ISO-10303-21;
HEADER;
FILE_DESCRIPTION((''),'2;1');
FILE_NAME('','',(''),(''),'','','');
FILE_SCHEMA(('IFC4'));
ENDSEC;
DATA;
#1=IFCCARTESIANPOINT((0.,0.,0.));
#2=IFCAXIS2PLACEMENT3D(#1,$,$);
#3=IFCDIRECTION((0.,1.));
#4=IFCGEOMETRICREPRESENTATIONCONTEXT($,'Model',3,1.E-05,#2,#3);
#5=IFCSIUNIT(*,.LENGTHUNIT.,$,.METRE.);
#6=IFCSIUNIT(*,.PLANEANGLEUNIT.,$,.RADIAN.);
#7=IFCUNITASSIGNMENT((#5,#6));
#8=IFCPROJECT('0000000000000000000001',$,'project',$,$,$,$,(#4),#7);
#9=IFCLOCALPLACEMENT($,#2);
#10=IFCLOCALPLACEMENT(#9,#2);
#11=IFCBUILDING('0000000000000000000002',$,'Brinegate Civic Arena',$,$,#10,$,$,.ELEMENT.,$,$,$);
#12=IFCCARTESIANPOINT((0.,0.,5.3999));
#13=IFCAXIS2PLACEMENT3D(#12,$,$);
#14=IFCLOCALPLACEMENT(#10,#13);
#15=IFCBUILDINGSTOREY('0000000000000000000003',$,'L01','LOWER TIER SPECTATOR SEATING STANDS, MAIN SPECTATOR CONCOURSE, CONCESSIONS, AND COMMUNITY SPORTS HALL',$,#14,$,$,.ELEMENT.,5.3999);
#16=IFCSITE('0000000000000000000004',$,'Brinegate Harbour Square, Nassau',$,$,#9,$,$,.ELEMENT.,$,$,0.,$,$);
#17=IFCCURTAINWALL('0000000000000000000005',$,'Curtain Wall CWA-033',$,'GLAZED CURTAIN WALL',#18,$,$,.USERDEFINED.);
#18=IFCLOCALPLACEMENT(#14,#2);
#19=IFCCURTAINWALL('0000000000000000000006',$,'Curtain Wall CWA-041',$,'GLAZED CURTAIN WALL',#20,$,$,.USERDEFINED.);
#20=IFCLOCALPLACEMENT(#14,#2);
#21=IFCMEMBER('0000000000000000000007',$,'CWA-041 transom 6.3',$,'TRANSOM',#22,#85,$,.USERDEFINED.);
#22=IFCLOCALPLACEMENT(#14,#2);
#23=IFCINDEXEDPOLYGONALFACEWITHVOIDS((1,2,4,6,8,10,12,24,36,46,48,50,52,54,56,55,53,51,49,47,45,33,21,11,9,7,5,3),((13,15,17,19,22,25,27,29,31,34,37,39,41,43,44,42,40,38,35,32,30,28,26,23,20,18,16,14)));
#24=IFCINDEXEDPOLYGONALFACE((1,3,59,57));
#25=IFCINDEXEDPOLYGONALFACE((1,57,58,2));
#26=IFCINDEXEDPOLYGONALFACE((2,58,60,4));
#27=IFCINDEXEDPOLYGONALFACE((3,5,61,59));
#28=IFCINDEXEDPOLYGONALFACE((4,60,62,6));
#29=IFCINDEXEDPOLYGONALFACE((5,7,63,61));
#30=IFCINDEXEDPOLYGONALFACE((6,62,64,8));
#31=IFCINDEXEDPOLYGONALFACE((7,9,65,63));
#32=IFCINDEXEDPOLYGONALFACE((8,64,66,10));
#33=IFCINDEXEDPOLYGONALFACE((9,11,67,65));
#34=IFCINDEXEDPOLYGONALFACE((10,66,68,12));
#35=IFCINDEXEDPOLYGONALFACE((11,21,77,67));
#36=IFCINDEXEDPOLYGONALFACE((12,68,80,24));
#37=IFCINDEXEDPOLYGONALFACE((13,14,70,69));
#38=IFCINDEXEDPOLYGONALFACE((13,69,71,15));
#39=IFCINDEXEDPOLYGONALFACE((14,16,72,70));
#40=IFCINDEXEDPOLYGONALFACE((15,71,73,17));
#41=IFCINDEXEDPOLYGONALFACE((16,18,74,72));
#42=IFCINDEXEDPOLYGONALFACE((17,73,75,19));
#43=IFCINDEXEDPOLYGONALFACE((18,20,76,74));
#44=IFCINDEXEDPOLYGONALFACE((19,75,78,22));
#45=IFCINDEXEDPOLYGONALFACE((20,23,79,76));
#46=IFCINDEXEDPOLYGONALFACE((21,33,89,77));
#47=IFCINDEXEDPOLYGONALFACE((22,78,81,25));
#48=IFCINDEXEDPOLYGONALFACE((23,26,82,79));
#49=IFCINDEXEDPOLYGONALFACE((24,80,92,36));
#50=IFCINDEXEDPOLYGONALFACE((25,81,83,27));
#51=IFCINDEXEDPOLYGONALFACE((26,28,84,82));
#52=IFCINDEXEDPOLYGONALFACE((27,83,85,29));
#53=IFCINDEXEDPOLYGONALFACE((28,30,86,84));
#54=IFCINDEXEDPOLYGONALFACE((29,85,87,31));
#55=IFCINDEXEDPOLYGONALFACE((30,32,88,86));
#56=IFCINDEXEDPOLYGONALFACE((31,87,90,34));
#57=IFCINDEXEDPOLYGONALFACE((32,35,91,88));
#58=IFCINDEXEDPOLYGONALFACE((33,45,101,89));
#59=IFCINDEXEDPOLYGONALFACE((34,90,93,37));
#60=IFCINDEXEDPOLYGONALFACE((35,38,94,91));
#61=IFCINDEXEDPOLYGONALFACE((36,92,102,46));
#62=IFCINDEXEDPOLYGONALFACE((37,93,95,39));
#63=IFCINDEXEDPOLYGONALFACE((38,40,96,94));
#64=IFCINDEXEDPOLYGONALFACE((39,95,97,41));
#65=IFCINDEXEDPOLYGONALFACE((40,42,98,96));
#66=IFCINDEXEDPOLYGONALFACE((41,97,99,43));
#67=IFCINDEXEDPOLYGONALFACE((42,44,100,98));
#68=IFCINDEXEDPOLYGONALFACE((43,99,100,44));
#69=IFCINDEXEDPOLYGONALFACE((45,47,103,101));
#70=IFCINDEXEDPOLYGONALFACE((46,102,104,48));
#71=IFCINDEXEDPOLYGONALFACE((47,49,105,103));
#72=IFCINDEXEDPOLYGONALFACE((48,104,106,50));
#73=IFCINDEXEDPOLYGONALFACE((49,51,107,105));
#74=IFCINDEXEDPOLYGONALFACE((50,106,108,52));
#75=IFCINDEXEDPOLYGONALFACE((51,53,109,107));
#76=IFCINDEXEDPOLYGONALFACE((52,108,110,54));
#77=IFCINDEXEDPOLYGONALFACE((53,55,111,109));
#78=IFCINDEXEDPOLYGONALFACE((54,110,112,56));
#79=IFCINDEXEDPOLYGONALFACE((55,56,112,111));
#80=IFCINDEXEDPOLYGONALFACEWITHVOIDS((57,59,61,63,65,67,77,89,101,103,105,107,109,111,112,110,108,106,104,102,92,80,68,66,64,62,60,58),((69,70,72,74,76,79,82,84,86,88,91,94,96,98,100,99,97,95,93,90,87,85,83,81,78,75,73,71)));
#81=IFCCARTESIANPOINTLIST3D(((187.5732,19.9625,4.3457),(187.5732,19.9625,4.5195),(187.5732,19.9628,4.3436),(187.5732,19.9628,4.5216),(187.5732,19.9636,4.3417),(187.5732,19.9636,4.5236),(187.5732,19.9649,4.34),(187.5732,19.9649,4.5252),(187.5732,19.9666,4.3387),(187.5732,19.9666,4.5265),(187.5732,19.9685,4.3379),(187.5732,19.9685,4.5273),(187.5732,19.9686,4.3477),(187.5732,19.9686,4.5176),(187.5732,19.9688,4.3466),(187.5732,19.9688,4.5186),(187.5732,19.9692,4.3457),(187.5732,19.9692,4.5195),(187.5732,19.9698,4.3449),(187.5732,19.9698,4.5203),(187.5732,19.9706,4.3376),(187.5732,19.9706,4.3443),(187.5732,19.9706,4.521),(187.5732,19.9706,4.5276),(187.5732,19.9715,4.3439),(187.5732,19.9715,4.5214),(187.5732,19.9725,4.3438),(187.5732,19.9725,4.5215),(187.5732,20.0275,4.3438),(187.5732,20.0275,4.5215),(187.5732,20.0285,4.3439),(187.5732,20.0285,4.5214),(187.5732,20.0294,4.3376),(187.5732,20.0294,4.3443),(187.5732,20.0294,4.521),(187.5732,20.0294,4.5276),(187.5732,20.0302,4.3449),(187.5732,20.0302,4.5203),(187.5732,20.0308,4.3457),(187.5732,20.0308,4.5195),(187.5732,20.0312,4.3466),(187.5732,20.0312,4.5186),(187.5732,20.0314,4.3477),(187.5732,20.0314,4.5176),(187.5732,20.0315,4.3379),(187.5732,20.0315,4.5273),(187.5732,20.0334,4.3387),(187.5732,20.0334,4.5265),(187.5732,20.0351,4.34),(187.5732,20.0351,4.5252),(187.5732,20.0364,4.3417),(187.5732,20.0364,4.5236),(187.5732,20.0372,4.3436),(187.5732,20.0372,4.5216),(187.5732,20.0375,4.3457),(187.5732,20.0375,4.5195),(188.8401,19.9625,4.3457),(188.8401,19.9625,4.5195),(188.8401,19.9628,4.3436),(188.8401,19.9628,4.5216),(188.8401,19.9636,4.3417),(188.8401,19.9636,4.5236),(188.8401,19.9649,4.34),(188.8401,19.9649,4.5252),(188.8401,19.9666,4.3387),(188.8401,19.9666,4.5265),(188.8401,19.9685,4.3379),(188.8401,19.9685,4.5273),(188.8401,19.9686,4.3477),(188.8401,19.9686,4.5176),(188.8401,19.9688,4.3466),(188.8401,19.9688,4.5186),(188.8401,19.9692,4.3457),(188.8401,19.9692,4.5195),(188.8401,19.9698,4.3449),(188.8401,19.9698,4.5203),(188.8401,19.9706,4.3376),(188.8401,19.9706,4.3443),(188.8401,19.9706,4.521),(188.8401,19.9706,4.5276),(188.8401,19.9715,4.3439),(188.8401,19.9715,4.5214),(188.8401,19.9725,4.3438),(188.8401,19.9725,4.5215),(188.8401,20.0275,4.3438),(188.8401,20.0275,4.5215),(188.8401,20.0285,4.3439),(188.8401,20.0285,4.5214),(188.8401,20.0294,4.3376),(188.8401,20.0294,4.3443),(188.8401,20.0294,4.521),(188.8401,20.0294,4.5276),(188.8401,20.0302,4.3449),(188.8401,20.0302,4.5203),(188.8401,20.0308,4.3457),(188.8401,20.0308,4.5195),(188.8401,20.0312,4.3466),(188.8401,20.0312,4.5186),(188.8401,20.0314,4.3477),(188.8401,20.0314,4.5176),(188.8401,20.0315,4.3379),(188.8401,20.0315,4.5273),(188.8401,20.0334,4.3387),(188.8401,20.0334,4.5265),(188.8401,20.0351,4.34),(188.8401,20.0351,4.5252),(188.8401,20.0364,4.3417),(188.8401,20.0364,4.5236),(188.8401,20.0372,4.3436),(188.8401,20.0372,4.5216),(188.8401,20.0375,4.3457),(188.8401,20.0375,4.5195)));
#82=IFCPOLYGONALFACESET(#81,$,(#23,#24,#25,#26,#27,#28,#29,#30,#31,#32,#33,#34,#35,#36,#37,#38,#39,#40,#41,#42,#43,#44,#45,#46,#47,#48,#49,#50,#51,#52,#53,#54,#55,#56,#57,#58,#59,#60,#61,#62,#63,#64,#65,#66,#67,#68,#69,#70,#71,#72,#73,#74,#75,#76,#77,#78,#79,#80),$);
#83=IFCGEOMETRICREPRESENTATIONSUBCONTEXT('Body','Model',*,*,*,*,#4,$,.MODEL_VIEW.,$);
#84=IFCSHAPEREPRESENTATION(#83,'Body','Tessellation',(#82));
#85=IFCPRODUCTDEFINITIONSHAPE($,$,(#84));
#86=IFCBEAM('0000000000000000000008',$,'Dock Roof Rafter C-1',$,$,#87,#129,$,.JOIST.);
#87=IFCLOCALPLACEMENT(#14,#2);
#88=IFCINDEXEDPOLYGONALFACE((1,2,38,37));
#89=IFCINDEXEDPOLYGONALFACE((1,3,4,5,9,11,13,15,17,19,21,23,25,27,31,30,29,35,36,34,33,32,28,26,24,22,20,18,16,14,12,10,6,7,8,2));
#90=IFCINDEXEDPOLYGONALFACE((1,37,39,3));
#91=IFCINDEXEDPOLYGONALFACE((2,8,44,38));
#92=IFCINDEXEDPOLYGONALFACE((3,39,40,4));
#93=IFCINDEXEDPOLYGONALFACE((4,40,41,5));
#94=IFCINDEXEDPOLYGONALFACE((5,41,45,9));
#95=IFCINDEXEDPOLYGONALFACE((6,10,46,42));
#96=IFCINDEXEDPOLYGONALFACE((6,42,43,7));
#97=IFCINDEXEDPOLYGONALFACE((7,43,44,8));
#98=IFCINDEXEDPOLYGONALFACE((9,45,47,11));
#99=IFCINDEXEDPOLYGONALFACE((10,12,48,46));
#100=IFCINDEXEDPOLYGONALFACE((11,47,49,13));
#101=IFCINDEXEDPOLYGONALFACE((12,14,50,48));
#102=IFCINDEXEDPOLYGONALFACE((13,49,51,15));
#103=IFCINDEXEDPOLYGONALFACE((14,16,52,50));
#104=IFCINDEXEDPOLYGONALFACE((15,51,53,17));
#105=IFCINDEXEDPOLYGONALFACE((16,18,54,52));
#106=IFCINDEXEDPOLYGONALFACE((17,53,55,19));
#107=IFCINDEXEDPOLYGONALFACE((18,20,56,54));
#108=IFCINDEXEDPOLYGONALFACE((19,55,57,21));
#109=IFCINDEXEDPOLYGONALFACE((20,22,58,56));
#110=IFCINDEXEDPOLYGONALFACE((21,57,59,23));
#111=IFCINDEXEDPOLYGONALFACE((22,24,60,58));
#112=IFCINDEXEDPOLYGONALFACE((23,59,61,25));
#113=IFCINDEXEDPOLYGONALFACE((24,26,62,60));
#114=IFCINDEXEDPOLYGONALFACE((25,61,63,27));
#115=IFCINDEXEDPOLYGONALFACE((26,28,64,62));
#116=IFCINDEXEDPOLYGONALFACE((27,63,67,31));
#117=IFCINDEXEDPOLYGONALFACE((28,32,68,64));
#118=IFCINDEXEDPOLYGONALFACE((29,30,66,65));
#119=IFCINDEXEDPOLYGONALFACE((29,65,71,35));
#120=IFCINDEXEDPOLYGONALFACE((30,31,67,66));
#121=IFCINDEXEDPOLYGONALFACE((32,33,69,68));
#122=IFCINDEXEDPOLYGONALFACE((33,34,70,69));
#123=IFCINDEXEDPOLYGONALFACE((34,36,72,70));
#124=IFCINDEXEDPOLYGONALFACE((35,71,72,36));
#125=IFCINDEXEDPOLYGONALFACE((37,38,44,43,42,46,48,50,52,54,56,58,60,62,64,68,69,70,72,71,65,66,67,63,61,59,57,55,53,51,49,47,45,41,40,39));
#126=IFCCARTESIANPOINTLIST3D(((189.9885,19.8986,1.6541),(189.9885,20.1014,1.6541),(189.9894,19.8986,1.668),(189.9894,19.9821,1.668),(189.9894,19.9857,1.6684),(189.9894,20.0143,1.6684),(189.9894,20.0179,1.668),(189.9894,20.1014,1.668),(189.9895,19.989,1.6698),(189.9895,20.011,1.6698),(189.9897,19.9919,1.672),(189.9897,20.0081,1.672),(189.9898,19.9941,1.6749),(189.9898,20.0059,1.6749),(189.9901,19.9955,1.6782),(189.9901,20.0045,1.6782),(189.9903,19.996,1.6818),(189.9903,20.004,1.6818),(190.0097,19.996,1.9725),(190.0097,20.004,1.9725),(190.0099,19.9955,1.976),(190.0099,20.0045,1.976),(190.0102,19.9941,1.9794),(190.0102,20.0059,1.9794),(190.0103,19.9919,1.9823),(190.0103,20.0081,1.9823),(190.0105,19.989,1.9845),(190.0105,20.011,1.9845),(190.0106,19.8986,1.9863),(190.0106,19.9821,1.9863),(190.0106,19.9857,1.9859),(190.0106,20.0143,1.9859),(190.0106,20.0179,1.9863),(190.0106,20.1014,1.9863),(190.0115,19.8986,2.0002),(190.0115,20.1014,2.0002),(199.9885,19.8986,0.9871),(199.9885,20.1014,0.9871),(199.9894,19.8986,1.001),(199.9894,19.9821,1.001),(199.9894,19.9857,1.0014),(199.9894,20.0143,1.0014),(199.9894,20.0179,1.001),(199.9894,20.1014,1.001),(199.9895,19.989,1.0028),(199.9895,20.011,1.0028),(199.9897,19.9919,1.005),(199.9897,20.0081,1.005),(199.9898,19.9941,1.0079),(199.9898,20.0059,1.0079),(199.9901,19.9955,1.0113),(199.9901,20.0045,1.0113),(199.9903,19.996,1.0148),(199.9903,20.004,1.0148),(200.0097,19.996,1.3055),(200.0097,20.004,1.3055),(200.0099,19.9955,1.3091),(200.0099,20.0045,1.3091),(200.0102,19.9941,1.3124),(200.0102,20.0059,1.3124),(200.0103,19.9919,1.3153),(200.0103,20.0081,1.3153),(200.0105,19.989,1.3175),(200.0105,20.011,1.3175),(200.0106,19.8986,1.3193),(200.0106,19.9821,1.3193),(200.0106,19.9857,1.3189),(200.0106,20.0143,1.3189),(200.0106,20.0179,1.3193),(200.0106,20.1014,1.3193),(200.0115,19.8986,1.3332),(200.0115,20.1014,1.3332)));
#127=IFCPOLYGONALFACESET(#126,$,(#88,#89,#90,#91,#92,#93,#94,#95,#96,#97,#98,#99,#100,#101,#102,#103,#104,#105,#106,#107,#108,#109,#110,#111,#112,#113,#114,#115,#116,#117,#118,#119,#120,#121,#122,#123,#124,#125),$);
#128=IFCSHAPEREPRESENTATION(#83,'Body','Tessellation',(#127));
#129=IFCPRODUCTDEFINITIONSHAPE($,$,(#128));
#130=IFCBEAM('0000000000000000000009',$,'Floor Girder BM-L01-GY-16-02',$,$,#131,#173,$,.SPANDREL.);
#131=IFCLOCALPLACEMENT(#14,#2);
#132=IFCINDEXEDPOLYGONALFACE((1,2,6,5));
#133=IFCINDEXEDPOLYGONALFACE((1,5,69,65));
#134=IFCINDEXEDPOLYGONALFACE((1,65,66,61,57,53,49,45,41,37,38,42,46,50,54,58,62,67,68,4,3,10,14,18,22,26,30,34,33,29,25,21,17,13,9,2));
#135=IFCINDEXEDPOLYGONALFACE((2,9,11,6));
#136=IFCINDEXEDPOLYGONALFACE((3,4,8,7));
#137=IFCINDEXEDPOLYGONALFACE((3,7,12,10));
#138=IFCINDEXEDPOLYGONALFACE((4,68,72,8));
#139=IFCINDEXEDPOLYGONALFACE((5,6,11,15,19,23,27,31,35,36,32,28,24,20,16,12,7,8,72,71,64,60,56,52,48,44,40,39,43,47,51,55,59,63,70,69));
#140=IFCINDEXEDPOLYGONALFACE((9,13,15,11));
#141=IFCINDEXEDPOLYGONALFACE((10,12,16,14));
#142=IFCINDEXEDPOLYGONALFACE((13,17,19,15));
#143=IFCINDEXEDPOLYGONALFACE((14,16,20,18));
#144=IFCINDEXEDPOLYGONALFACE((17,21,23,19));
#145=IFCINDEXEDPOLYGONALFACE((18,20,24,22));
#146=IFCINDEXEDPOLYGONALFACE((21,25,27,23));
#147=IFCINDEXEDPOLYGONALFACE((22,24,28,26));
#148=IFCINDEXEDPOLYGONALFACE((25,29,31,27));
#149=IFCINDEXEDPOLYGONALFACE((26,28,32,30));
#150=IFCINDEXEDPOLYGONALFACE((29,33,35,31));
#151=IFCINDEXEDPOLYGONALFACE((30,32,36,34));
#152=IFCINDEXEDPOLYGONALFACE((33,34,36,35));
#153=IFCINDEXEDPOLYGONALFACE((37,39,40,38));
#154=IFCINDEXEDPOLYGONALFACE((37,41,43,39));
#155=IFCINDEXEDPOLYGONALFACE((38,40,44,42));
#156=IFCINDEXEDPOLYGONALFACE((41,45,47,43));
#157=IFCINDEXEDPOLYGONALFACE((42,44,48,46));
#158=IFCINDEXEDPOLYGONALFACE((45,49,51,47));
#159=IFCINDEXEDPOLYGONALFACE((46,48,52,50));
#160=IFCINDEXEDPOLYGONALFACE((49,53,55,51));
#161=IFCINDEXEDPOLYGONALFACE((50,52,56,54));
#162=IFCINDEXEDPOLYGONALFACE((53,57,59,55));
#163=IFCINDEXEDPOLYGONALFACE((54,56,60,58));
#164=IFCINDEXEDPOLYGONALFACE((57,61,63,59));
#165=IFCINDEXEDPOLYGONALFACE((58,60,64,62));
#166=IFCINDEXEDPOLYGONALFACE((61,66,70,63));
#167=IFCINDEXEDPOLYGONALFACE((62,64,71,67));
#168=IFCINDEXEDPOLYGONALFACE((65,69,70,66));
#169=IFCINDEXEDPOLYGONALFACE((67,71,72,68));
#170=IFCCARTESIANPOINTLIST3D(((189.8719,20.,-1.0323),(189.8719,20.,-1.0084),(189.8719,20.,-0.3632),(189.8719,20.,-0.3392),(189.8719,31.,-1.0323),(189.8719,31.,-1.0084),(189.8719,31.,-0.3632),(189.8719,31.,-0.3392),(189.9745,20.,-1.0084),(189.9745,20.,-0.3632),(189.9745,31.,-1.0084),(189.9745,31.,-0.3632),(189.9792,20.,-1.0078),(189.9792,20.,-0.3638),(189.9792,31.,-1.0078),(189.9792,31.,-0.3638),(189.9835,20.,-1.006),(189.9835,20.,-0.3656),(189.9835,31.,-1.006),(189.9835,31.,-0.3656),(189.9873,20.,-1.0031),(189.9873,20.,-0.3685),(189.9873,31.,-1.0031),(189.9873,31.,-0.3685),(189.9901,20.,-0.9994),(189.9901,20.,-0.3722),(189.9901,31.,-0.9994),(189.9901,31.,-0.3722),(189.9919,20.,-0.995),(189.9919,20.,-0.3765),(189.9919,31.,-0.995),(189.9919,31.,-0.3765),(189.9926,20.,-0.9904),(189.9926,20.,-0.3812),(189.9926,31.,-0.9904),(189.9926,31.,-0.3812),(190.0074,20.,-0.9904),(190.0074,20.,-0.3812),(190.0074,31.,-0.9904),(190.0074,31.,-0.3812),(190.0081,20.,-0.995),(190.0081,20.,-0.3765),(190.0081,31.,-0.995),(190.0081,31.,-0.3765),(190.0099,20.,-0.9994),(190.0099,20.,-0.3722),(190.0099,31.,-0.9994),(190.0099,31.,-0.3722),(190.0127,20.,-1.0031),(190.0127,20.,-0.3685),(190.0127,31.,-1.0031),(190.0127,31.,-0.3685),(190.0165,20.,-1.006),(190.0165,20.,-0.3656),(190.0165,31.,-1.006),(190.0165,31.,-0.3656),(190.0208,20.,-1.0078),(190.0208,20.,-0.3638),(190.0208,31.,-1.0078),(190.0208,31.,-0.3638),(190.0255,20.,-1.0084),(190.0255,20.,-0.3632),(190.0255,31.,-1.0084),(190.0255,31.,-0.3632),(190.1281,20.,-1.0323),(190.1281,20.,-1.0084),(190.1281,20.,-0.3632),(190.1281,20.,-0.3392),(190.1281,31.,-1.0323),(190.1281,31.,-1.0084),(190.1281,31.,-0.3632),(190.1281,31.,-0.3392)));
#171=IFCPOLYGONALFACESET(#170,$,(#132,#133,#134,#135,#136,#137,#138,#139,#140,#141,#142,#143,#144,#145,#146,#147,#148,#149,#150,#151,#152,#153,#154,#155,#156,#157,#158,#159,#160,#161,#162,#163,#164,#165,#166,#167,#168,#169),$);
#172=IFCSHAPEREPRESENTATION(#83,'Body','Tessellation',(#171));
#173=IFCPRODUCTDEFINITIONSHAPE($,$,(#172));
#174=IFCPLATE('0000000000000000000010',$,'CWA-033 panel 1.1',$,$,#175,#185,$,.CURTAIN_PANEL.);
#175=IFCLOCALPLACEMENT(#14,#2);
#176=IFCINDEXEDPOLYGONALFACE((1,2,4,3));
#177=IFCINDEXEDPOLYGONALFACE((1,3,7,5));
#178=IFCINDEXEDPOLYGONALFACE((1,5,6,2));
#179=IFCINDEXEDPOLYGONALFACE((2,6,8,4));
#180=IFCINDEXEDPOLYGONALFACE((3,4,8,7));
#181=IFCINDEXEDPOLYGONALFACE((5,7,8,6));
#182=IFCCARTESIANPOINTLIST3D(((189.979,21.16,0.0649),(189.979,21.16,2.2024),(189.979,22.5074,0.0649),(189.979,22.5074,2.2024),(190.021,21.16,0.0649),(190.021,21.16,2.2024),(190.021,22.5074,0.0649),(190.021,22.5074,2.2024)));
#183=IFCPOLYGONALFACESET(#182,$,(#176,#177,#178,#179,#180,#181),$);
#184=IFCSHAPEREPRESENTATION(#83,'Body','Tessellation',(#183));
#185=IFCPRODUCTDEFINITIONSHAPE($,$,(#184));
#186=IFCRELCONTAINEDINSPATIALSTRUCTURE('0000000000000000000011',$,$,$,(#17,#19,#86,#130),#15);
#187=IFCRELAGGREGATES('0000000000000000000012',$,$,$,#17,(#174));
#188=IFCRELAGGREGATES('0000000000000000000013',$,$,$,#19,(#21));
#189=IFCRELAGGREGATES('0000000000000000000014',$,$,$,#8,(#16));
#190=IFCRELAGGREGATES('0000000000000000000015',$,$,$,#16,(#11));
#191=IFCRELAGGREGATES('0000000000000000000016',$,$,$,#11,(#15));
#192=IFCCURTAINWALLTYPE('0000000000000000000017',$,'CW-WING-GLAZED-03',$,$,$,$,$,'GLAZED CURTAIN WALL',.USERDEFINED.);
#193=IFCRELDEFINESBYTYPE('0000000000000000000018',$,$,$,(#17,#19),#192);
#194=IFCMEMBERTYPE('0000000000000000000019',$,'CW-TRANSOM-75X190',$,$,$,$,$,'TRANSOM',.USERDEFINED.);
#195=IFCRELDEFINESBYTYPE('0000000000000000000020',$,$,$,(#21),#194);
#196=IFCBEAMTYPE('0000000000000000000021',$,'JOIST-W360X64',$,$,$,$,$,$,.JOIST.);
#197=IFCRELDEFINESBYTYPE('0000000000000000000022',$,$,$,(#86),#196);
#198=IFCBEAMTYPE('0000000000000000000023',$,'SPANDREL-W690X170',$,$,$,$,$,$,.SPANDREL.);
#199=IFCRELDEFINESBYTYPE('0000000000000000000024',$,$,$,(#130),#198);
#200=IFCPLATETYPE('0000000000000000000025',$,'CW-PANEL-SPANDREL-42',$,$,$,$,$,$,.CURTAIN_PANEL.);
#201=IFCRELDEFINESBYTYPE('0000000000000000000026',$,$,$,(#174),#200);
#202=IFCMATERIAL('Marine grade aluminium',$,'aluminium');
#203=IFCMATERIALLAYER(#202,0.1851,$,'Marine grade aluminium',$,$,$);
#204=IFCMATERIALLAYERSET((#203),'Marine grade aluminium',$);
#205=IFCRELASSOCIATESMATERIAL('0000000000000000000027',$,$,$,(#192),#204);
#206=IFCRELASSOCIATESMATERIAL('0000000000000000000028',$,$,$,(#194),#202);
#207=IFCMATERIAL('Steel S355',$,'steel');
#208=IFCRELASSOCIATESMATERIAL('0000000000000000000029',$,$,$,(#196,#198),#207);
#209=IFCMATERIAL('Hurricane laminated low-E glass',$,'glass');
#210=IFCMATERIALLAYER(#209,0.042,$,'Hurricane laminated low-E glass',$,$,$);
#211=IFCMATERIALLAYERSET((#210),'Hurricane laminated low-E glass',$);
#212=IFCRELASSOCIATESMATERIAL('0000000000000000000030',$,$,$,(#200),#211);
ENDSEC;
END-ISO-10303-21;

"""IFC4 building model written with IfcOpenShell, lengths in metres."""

from ifc_helpers import new_model, si_unit, direction, frame, origin, origin_2d, place, context, subcontext, project, spatial, rectangle, hollow_rectangle, i_section, extrude, material, layer, layer_set, material_profile, profile_set, type_object, element, aggregate, save


model = new_model("IFC4")

# Units and contexts
model_context = context("Model", 3, precision=1e-05, world=origin(), true_north=direction((0.0, 1.0)))
body_context = subcontext(model_context, "Body", "Model", "MODEL_VIEW")
ifc_project = project(units=[si_unit("LENGTHUNIT", "METRE"), si_unit("PLANEANGLEUNIT", "RADIAN")], contexts=[model_context])

# Site, building, storey
site_placement = place(None, origin())
site = spatial("IfcSite", under=ifc_project, at=site_placement, Name="Brinegate Harbour Square, Nassau", CompositionType="ELEMENT", RefElevation=0.0)
building_placement = place(site_placement, origin())
building = spatial("IfcBuilding", under=site, at=building_placement, Name="Brinegate Civic Arena", CompositionType="ELEMENT")
storey_placement = place(building_placement, frame((0.0, 0.0, 5.3999)))
storey = spatial("IfcBuildingStorey", under=building, at=storey_placement, Name="L01", Description="LOWER TIER SPECTATOR SEATING STANDS, MAIN SPECTATOR CONCOURSE, CONCESSIONS, AND COMMUNITY SPORTS HALL", CompositionType="ELEMENT", Elevation=5.3999)

# Curtain walls
ifc_material_1 = material(Name="Marine grade aluminium", Category="aluminium")
ifc_layer_1 = layer(ifc_material_1, 0.1851, Name="Marine grade aluminium")
ifc_layer_set_1 = layer_set([ifc_layer_1], Name="Marine grade aluminium")
curtain_wall_type = type_object("IfcCurtainWallType", Name="CW-WING-GLAZED-03", ElementType="GLAZED CURTAIN WALL", PredefinedType="USERDEFINED", material=ifc_layer_set_1)
curtain_wall_1_placement = place(storey_placement, origin())
curtain_wall_1 = element("IfcCurtainWall", 1, at=curtain_wall_1_placement, inside=storey, type_object=curtain_wall_type, Name="Curtain Wall CWA-033", ObjectType="GLAZED CURTAIN WALL", PredefinedType="USERDEFINED")
curtain_wall_2_placement = place(storey_placement, origin())
curtain_wall_2 = element("IfcCurtainWall", 2, at=curtain_wall_2_placement, inside=storey, type_object=curtain_wall_type, Name="Curtain Wall CWA-041", ObjectType="GLAZED CURTAIN WALL", PredefinedType="USERDEFINED")

# Member
ifc_material_profile_1 = material_profile(ifc_material_1, hollow_rectangle(XDim=0.075, YDim=0.1899, WallThickness=0.0061, InnerFilletRadius=0.0039, OuterFilletRadius=0.0081, at=origin_2d()), Name="TRN75X190")
ifc_profile_set_1 = profile_set([ifc_material_profile_1], Name="Marine grade aluminium")
member_type_1 = type_object("IfcMemberType", Name="CW-TRANSOM-75X190", ElementType="TRANSOM", PredefinedType="USERDEFINED", material=ifc_profile_set_1)
member_1_placement = place(storey_placement, frame((187.5732, 20.0, 4.4326), z_axis=(1.0, 0.0, 0.0), x_axis=(0.0, 1.0, 0.0)))
member_1 = element("IfcMember", 3, at=member_1_placement, type_object=member_type_1, Name="CWA-041 transom 6.3", ObjectType="TRANSOM", PredefinedType="USERDEFINED", context=body_context, shape_type="SweptSolid", body=[
    extrude(hollow_rectangle(XDim=0.075, YDim=0.1899, WallThickness=0.0061, InnerFilletRadius=0.0039, OuterFilletRadius=0.0081, at=origin_2d()), origin(), (0.0, 0.0, 1.0), 1.2668),
])

# Beams
ifc_material_2 = material(Name="Steel S355", Category="steel")
ifc_material_profile_2 = material_profile(ifc_material_2, i_section(OverallWidth=0.2029, OverallDepth=0.3469, WebThickness=0.0081, FlangeThickness=0.0139, FilletRadius=0.0139, at=origin_2d()), Name="W360X64")
ifc_profile_set_2 = profile_set([ifc_material_profile_2], Name="Steel S355")
beam_type_1 = type_object("IfcBeamType", Name="JOIST-W360X64", PredefinedType="JOIST", material=ifc_profile_set_2)
beam_1_placement = place(storey_placement, frame((190.0, 20.0, 1.8271), z_axis=(0.997783, 0.0, -0.066551), x_axis=(0.0, 1.0, 0.0)))
element("IfcBeam", 4, at=beam_1_placement, inside=storey, type_object=beam_type_1, Name="Dock Roof Rafter C-1", PredefinedType="JOIST", context=body_context, shape_type="SweptSolid", body=[
    extrude(i_section(OverallWidth=0.2029, OverallDepth=0.3469, WebThickness=0.0081, FlangeThickness=0.0139, FilletRadius=0.0139, at=origin_2d()), origin(), (0.0, 0.0, 1.0), 10.0222),
])
ifc_material_profile_3 = material_profile(ifc_material_2, i_section(OverallWidth=0.2561, OverallDepth=0.6931, WebThickness=0.0149, FlangeThickness=0.0239, FilletRadius=0.0181, at=origin_2d()), Name="W690X170")
ifc_profile_set_3 = profile_set([ifc_material_profile_3], Name="Steel S355")
beam_type_2 = type_object("IfcBeamType", Name="SPANDREL-W690X170", PredefinedType="SPANDREL", material=ifc_profile_set_3)
beam_2_placement = place(storey_placement, frame((190.0, 20.0, -0.6858), z_axis=(0.0, 1.0, 0.0), x_axis=(-1.0, 0.0, 0.0)))
element("IfcBeam", 5, at=beam_2_placement, inside=storey, type_object=beam_type_2, Name="Floor Girder BM-L01-GY-16-02", PredefinedType="SPANDREL", context=body_context, shape_type="SweptSolid", body=[
    extrude(i_section(OverallWidth=0.2561, OverallDepth=0.6931, WebThickness=0.0149, FlangeThickness=0.0239, FilletRadius=0.0181, at=origin_2d()), origin(), (0.0, 0.0, 1.0), 11.0),
])

# Plate
ifc_material_3 = material(Name="Hurricane laminated low-E glass", Category="glass")
ifc_layer_2 = layer(ifc_material_3, 0.042, Name="Hurricane laminated low-E glass")
ifc_layer_set_2 = layer_set([ifc_layer_2], Name="Hurricane laminated low-E glass")
plate_type = type_object("IfcPlateType", Name="CW-PANEL-SPANDREL-42", PredefinedType="CURTAIN_PANEL", material=ifc_layer_set_2)
plate_1_placement = place(storey_placement, frame((190.0, 21.8337, 0.0649), z_axis=(0.0, 0.0, 1.0), x_axis=(0.0, 1.0, 0.0)))
plate_1 = element("IfcPlate", 6, at=plate_1_placement, type_object=plate_type, Name="CWA-033 panel 1.1", PredefinedType="CURTAIN_PANEL", context=body_context, shape_type="SweptSolid", body=[
    extrude(rectangle(XDim=1.3474, YDim=0.042, at=origin_2d()), origin(), (0.0, 0.0, 1.0), 2.1375),
])
aggregate(curtain_wall_1, [plate_1])
aggregate(curtain_wall_2, [member_1])

save(model, "model.ifc")
